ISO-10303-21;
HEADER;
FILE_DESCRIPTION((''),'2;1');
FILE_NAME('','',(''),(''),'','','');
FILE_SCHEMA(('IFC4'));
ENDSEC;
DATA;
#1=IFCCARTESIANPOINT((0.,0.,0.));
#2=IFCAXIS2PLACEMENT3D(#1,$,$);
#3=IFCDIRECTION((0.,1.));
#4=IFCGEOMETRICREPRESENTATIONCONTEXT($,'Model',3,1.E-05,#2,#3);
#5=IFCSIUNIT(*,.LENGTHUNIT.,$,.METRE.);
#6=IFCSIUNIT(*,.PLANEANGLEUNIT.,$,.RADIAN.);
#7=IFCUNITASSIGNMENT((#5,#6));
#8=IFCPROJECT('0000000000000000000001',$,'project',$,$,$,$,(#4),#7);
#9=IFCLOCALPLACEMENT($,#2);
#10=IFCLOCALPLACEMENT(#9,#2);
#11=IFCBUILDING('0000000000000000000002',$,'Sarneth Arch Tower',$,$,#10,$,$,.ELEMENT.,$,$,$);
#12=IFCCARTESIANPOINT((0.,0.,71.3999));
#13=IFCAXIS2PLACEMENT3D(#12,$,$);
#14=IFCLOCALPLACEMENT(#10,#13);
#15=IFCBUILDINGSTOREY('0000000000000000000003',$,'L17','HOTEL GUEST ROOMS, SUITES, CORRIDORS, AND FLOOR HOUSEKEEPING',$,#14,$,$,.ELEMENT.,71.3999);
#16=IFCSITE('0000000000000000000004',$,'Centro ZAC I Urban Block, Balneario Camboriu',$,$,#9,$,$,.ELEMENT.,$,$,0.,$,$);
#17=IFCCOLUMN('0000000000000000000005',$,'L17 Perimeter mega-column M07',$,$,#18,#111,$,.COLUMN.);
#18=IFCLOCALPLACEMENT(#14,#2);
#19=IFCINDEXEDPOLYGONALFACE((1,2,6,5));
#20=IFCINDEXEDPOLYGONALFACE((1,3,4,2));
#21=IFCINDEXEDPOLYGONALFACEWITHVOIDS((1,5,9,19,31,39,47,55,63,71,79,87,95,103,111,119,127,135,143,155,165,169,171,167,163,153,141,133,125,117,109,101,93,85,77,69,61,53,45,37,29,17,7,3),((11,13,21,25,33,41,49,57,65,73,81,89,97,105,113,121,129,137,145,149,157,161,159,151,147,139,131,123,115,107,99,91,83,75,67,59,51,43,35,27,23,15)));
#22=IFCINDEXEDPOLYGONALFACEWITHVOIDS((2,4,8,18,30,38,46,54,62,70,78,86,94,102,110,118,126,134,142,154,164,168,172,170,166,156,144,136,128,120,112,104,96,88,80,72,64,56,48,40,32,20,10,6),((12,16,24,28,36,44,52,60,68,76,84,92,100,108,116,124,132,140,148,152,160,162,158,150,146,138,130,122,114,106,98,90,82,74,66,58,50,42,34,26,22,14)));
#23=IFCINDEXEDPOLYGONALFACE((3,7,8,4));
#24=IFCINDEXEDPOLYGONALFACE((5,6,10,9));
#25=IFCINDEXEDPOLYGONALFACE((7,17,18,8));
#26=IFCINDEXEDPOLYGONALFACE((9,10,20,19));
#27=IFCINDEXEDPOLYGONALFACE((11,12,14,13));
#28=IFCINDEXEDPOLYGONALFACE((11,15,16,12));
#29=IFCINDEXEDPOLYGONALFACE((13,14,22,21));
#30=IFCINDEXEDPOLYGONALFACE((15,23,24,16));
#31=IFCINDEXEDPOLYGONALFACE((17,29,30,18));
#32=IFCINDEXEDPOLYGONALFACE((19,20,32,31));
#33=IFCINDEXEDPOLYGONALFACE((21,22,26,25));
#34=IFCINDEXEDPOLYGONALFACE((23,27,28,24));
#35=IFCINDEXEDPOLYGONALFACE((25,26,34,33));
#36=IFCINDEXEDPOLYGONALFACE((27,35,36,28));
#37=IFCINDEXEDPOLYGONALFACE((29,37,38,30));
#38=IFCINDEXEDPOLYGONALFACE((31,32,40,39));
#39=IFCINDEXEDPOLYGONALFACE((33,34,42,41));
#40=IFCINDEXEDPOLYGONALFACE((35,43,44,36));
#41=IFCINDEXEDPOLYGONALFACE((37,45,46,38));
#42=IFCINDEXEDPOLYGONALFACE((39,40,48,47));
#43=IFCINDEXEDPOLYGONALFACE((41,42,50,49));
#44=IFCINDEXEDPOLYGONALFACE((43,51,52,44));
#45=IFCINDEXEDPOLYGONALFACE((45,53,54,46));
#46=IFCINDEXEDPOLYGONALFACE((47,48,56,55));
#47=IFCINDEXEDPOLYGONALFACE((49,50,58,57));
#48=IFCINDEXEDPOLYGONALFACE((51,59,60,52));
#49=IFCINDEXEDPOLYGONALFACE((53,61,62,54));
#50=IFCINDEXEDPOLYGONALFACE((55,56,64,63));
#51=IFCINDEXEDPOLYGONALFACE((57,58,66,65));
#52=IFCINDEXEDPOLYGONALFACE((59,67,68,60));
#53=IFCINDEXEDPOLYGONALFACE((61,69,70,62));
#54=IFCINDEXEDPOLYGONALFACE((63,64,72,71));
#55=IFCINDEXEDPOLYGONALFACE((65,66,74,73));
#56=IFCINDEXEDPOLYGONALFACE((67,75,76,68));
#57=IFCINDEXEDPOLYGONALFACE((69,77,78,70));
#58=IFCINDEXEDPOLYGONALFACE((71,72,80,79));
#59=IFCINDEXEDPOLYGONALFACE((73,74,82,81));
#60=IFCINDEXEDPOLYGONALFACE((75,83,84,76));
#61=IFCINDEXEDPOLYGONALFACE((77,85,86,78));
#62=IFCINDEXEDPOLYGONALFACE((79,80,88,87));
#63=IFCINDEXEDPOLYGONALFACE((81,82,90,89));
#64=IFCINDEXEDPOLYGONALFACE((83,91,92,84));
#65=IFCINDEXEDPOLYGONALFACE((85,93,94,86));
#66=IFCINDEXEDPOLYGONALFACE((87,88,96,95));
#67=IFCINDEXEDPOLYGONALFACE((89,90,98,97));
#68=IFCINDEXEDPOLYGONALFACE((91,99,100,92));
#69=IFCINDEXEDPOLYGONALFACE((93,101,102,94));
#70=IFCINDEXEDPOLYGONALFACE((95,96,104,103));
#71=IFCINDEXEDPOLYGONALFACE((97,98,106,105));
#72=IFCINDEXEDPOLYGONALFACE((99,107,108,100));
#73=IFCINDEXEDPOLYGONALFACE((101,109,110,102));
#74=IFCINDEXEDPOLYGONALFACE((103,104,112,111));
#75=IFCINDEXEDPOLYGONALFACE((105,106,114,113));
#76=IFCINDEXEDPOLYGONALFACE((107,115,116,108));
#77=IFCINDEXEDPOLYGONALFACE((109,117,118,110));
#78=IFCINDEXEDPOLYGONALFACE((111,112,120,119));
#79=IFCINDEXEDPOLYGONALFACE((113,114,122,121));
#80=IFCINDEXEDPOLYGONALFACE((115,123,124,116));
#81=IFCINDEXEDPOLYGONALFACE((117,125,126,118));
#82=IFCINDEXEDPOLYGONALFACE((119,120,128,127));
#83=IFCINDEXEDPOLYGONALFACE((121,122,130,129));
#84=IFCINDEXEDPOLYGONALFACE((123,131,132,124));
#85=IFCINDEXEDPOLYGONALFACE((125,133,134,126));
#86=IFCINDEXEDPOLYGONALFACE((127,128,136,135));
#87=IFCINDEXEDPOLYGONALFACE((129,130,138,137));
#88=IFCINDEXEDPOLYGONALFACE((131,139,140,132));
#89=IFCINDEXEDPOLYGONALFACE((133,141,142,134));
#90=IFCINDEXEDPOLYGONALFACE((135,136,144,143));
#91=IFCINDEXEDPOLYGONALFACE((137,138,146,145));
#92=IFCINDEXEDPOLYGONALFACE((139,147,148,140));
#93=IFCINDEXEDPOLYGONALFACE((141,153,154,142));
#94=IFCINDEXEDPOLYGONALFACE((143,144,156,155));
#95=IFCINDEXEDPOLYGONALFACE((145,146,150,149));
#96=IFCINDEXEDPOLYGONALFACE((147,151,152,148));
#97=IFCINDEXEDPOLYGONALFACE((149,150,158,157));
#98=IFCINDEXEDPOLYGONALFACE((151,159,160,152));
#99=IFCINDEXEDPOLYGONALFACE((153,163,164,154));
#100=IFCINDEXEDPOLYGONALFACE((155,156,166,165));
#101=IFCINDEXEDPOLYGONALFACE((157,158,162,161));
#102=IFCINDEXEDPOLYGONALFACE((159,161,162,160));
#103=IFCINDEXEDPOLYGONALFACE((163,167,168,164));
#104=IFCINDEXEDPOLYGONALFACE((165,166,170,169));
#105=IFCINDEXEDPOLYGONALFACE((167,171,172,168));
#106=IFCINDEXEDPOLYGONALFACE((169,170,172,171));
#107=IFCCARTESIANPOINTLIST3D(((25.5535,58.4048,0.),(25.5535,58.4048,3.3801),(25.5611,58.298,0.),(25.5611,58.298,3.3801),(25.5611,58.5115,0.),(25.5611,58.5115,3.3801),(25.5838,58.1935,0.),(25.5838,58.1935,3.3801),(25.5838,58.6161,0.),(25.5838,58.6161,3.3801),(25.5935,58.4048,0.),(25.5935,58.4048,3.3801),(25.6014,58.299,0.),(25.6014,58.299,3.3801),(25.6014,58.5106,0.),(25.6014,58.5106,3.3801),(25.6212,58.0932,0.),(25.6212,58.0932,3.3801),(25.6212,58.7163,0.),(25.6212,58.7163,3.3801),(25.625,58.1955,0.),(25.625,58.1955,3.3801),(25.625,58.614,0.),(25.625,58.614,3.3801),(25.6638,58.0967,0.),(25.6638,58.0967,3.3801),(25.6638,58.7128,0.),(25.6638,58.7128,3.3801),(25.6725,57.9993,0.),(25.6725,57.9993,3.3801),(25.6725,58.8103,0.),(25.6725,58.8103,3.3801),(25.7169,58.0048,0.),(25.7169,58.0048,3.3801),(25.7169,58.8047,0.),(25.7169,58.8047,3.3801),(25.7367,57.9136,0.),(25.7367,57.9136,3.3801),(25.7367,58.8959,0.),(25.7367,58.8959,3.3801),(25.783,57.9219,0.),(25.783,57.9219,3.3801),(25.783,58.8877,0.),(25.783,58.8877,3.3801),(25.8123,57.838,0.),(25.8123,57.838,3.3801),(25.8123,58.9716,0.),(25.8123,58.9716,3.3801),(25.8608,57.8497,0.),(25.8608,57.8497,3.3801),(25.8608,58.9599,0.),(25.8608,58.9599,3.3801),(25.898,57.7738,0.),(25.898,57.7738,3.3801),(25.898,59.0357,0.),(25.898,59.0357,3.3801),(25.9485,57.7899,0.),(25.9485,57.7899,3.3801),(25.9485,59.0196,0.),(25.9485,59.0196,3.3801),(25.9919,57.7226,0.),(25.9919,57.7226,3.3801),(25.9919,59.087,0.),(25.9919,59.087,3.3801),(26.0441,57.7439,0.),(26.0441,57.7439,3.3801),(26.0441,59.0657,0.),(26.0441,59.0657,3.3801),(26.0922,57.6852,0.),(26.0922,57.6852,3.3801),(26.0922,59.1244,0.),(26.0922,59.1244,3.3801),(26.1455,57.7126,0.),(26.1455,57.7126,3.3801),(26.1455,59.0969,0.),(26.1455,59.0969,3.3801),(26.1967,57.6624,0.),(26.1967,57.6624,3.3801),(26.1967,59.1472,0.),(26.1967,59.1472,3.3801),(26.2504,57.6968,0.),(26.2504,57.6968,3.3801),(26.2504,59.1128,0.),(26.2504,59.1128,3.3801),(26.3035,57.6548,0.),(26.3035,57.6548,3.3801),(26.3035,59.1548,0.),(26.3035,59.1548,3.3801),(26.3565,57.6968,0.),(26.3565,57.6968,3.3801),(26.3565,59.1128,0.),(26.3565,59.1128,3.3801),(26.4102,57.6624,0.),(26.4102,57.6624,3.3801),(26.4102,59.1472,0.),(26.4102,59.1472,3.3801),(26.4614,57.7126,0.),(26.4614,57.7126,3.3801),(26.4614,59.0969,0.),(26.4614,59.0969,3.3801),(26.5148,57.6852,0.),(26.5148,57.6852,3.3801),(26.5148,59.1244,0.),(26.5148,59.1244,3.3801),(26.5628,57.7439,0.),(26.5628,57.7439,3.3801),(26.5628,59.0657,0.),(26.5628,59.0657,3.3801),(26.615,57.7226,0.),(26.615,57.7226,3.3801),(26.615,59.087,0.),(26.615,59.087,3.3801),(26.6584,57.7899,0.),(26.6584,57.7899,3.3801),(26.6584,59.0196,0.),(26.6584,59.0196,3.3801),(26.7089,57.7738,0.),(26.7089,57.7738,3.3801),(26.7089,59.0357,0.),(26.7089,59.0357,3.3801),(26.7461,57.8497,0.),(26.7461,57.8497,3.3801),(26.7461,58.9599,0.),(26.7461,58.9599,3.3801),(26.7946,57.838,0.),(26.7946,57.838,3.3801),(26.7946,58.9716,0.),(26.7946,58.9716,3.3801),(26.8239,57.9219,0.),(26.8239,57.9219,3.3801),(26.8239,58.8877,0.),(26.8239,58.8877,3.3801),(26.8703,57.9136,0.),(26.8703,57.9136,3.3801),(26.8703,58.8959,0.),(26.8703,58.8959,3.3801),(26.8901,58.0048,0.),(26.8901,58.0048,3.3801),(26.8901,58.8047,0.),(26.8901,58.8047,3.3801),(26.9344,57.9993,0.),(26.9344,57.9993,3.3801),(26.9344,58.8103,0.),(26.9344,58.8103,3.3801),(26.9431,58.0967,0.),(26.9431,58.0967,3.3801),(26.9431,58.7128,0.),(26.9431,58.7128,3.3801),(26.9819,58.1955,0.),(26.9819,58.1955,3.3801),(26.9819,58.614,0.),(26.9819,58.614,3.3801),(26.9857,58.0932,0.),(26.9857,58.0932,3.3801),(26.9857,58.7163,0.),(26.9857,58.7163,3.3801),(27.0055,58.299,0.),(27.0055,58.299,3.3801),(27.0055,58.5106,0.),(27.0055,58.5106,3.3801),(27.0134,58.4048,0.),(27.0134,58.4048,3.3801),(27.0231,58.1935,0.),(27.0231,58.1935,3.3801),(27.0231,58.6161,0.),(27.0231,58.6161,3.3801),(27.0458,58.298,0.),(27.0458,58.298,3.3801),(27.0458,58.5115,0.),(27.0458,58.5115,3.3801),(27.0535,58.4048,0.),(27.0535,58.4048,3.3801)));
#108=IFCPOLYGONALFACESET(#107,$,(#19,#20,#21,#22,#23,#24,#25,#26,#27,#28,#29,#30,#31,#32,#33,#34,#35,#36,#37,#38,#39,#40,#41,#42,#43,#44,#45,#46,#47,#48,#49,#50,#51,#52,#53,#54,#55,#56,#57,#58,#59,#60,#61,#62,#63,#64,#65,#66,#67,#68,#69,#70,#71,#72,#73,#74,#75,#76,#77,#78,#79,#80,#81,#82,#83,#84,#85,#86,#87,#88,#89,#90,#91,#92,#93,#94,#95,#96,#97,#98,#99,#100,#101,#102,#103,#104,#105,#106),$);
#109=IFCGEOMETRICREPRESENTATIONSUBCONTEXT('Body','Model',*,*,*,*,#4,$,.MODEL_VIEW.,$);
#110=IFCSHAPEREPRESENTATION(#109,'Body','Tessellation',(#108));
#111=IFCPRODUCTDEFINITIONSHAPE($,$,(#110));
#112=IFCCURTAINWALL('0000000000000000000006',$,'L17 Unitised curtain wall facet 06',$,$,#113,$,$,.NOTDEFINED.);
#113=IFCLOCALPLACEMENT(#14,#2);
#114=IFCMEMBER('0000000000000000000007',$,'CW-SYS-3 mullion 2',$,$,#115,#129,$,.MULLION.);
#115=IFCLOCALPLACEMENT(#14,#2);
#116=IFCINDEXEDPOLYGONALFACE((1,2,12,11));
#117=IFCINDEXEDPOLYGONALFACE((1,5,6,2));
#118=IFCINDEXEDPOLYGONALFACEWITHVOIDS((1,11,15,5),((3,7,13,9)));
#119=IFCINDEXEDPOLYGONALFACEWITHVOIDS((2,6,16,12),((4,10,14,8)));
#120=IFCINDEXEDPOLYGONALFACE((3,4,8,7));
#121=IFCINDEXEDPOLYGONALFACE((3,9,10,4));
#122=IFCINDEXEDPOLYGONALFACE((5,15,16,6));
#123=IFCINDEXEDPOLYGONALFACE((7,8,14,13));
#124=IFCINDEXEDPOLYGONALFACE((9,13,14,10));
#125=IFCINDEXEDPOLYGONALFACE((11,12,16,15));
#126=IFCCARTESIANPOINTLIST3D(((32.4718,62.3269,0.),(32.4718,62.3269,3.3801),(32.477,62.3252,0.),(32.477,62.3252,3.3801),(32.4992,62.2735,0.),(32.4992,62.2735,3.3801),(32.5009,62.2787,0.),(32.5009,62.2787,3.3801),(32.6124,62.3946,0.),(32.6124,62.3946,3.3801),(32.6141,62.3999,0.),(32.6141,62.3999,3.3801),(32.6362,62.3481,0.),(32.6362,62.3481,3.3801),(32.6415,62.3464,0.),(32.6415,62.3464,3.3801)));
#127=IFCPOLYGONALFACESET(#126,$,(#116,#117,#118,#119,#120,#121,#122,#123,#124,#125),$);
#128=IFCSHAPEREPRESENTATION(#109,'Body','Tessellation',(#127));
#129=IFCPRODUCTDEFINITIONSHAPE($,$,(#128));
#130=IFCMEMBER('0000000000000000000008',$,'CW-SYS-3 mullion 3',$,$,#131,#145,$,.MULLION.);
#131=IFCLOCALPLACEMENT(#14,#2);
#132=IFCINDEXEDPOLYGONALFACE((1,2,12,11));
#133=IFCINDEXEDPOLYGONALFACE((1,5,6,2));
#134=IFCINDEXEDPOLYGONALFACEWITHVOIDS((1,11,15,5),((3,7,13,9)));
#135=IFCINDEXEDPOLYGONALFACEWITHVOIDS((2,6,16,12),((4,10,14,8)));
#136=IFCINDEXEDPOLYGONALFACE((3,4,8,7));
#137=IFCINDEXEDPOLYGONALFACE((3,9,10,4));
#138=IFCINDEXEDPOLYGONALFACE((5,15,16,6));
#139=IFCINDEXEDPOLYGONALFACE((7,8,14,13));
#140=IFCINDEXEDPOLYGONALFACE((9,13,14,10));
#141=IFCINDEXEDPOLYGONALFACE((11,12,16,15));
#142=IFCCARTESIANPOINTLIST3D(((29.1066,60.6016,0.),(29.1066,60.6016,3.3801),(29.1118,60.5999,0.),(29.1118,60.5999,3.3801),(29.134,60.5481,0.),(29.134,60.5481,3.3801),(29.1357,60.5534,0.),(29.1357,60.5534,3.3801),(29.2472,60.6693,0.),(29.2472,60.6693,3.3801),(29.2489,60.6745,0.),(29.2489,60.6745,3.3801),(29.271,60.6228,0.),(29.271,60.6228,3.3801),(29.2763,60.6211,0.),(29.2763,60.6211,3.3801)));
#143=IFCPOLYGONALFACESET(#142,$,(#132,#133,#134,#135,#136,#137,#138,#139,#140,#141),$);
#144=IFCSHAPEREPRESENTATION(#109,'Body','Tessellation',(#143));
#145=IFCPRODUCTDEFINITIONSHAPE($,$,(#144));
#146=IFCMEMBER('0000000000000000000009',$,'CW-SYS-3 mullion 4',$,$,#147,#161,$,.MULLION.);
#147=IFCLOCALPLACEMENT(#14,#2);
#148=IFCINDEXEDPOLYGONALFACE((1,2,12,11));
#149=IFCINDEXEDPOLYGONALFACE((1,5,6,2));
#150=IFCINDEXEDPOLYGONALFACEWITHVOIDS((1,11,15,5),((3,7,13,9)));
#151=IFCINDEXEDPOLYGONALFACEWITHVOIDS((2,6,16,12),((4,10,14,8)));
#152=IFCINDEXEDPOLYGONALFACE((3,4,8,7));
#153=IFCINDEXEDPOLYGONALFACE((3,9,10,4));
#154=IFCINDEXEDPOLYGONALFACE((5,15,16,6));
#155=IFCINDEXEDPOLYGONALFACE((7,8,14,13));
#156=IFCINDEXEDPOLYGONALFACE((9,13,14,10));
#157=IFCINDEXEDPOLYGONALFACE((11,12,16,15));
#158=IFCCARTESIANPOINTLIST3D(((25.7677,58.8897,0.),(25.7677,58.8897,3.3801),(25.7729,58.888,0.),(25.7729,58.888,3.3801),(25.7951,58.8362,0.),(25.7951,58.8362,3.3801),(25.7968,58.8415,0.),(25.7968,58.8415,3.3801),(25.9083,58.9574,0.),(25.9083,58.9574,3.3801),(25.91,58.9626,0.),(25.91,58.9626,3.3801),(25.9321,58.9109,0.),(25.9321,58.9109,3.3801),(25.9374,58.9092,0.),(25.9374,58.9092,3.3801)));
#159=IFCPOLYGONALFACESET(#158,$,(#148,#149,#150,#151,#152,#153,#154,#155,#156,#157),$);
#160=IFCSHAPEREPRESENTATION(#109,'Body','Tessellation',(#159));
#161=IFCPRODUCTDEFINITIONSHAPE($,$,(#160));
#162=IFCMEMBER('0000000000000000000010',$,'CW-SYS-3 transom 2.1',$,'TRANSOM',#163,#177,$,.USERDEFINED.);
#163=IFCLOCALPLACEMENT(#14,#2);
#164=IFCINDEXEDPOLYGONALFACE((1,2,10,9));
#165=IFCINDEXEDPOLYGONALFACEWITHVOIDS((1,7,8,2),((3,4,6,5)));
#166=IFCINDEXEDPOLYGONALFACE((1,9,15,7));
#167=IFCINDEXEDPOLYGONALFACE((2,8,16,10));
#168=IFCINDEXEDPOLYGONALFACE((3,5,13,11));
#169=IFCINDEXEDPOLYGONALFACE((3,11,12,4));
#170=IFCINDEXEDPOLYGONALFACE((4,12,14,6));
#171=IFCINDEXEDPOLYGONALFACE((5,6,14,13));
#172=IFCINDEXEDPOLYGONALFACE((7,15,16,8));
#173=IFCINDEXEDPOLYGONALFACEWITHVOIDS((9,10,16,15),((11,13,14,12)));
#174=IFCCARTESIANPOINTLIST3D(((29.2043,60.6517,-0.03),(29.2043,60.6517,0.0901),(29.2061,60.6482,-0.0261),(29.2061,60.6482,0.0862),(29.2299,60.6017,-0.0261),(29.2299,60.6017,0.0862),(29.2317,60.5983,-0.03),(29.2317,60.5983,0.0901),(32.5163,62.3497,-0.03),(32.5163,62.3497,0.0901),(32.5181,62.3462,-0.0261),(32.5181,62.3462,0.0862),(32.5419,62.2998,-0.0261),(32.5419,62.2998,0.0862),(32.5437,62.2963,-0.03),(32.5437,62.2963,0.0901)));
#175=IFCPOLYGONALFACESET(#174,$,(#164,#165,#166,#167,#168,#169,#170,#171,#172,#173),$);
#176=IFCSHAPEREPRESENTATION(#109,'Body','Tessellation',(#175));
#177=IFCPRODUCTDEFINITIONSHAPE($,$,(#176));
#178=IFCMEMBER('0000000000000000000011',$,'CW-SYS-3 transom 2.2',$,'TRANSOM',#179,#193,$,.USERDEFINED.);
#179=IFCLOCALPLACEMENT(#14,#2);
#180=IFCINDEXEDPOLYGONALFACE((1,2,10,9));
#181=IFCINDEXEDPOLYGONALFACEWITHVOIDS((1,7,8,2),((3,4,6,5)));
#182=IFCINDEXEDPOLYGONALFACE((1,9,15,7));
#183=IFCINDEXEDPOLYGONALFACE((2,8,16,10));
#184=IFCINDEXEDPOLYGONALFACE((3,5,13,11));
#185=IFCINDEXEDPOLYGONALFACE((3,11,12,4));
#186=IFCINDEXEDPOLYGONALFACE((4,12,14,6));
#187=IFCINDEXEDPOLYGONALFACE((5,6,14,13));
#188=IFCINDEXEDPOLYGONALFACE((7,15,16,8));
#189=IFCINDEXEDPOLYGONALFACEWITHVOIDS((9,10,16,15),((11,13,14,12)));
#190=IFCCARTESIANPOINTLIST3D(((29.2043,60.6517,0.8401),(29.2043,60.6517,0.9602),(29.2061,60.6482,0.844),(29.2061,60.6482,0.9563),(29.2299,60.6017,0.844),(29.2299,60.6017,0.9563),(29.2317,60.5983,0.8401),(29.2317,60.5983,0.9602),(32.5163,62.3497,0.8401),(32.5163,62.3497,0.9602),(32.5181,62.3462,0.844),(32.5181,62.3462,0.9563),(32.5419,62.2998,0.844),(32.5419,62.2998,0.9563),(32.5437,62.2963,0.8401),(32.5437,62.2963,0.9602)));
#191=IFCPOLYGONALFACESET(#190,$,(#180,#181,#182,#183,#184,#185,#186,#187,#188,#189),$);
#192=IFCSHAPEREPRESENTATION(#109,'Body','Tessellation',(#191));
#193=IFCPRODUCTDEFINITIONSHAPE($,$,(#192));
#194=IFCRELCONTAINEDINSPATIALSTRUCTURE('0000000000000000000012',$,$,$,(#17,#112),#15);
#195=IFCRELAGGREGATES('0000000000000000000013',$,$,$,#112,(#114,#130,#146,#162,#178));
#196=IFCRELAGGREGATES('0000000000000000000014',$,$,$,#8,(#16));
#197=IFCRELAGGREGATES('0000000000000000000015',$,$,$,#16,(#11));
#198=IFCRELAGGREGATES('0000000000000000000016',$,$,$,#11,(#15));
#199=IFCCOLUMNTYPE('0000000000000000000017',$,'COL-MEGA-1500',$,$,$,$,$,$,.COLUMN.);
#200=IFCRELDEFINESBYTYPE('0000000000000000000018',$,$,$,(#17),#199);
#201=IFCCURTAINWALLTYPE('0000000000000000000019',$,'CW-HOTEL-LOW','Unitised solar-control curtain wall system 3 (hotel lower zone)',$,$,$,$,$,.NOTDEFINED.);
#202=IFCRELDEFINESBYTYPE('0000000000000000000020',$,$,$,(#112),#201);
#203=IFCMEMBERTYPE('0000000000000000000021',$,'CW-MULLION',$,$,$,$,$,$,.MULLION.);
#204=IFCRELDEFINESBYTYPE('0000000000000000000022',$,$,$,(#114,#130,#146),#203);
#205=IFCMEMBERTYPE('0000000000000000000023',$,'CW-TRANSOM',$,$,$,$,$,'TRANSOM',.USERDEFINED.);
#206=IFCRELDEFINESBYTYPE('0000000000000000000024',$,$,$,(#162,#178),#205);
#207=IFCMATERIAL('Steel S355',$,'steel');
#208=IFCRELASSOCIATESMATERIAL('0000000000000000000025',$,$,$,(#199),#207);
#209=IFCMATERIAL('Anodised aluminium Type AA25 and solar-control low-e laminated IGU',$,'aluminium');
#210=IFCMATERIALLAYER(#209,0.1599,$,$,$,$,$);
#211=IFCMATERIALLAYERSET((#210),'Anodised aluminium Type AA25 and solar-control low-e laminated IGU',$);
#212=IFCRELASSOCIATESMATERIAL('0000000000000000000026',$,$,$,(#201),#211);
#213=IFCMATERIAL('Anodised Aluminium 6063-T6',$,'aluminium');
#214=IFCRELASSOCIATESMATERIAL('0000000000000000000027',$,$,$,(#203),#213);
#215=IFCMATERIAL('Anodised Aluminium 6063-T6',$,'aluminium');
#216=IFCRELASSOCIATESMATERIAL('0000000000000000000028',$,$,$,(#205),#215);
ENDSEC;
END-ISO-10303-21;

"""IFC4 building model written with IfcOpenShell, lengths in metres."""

from ifc_helpers import new_model, si_unit, direction, frame, origin, origin_2d, place, context, subcontext, project, spatial, hollow_rectangle, hollow_circle, extrude, material, layer, layer_set, material_profile, profile_set, type_object, element, aggregate, save


model = new_model("IFC4")

# Units and contexts
model_context = context("Model", 3, precision=1e-05, world=origin(), true_north=direction((0.0, 1.0)))
body_context = subcontext(model_context, "Body", "Model", "MODEL_VIEW")
ifc_project = project(units=[si_unit("LENGTHUNIT", "METRE"), si_unit("PLANEANGLEUNIT", "RADIAN")], contexts=[model_context])

# Site, building, storey
site_placement = place(None, origin())
site = spatial("IfcSite", under=ifc_project, at=site_placement, Name="Centro ZAC I Urban Block, Balneario Camboriu", CompositionType="ELEMENT", RefElevation=0.0)
building_placement = place(site_placement, origin())
building = spatial("IfcBuilding", under=site, at=building_placement, Name="Sarneth Arch Tower", CompositionType="ELEMENT")
storey_placement = place(building_placement, frame((0.0, 0.0, 71.3999)))
storey = spatial("IfcBuildingStorey", under=building, at=storey_placement, Name="L17", Description="HOTEL GUEST ROOMS, SUITES, CORRIDORS, AND FLOOR HOUSEKEEPING", CompositionType="ELEMENT", Elevation=71.3999)

# Column
ifc_material_1 = material(Name="Steel S355", Category="steel")
ifc_material_profile_1 = material_profile(ifc_material_1, hollow_circle(Radius=0.75, WallThickness=0.04, at=origin_2d()), Name="CHS1500x40")
ifc_profile_set_1 = profile_set([ifc_material_profile_1], Name="Steel S355")
column_type = type_object("IfcColumnType", Name="COL-MEGA-1500", PredefinedType="COLUMN", material=ifc_profile_set_1)
column_placement = place(storey_placement, frame((26.3035, 58.4048, 0.0), z_axis=(0.0, 0.0, 1.0), x_axis=(1.0, 0.0, 0.0)))
element("IfcColumn", 1, at=column_placement, inside=storey, type_object=column_type, Name="L17 Perimeter mega-column M07", PredefinedType="COLUMN", context=body_context, shape_type="SweptSolid", body=[
    extrude(hollow_circle(Radius=0.75, WallThickness=0.04, at=origin_2d()), origin(), (0.0, 0.0, 1.0), 3.3801),
])

# Curtain wall, members
ifc_material_2 = material(Name="Anodised aluminium Type AA25 and solar-control low-e laminated IGU", Category="aluminium")
ifc_layer_1 = layer(ifc_material_2, 0.1599)
ifc_layer_set_1 = layer_set([ifc_layer_1], Name="Anodised aluminium Type AA25 and solar-control low-e laminated IGU")
curtain_wall_type = type_object("IfcCurtainWallType", Name="CW-HOTEL-LOW", Description="Unitised solar-control curtain wall system 3 (hotel lower zone)", PredefinedType="NOTDEFINED", material=ifc_layer_set_1)
curtain_wall_placement = place(storey_placement, origin())
curtain_wall = element("IfcCurtainWall", 2, at=curtain_wall_placement, inside=storey, type_object=curtain_wall_type, Name="L17 Unitised curtain wall facet 06", PredefinedType="NOTDEFINED")
ifc_material_3 = material(Name="Anodised Aluminium 6063-T6", Category="aluminium")
ifc_material_profile_2 = material_profile(ifc_material_3, hollow_rectangle(XDim=0.0601, YDim=0.1599, WallThickness=0.0039, at=origin_2d()), Name="AL-MULL-160x60x4")
ifc_profile_set_2 = profile_set([ifc_material_profile_2], Name="Anodised Aluminium 6063-T6")
member_type_1 = type_object("IfcMemberType", Name="CW-MULLION", PredefinedType="MULLION", material=ifc_profile_set_2)
member_1_placement = place(storey_placement, frame((32.5566, 62.3367, 0.0), z_axis=(0.0, 0.0, 1.0), x_axis=(0.456245, -0.889854, 0.0)))
member_1 = element("IfcMember", 3, at=member_1_placement, type_object=member_type_1, Name="CW-SYS-3 mullion 2", PredefinedType="MULLION", context=body_context, shape_type="SweptSolid", body=[
    extrude(hollow_rectangle(XDim=0.0601, YDim=0.1599, WallThickness=0.0039, at=origin_2d()), origin(), (0.0, 0.0, 1.0), 3.3801),
])
member_2_placement = place(storey_placement, frame((29.1914, 60.6113, 0.0), z_axis=(0.0, 0.0, 1.0), x_axis=(0.456245, -0.889854, 0.0)))
member_2 = element("IfcMember", 4, at=member_2_placement, type_object=member_type_1, Name="CW-SYS-3 mullion 3", PredefinedType="MULLION", context=body_context, shape_type="SweptSolid", body=[
    extrude(hollow_rectangle(XDim=0.0601, YDim=0.1599, WallThickness=0.0039, at=origin_2d()), origin(), (0.0, 0.0, 1.0), 3.3801),
])
member_3_placement = place(storey_placement, frame((25.8525, 58.8994, 0.0), z_axis=(0.0, 0.0, 1.0), x_axis=(0.456245, -0.889854, 0.0)))
member_3 = element("IfcMember", 5, at=member_3_placement, type_object=member_type_1, Name="CW-SYS-3 mullion 4", PredefinedType="MULLION", context=body_context, shape_type="SweptSolid", body=[
    extrude(hollow_rectangle(XDim=0.0601, YDim=0.1599, WallThickness=0.0039, at=origin_2d()), origin(), (0.0, 0.0, 1.0), 3.3801),
])
ifc_material_4 = material(Name="Anodised Aluminium 6063-T6", Category="aluminium")
ifc_material_profile_3 = material_profile(ifc_material_4, hollow_rectangle(XDim=0.0601, YDim=0.1201, WallThickness=0.0039, at=origin_2d()), Name="AL-TRAN-120x60x4")
ifc_profile_set_3 = profile_set([ifc_material_profile_3], Name="Anodised Aluminium 6063-T6")
member_type_2 = type_object("IfcMemberType", Name="CW-TRANSOM", ElementType="TRANSOM", PredefinedType="USERDEFINED", material=ifc_profile_set_3)
member_4_placement = place(storey_placement, frame((32.53, 62.323, 0.03), z_axis=(-0.889869, -0.456217, 0.0), x_axis=(0.456217, -0.889869, 0.0)))
member_4 = element("IfcMember", 6, at=member_4_placement, type_object=member_type_2, Name="CW-SYS-3 transom 2.1", ObjectType="TRANSOM", PredefinedType="USERDEFINED", context=body_context, shape_type="SweptSolid", body=[
    extrude(hollow_rectangle(XDim=0.0601, YDim=0.1201, WallThickness=0.0039, at=origin_2d()), origin(), (0.0, 0.0, 1.0), 3.7219),
])
member_5_placement = place(storey_placement, frame((32.53, 62.323, 0.9001), z_axis=(-0.889869, -0.456217, 0.0), x_axis=(0.456217, -0.889869, 0.0)))
member_5 = element("IfcMember", 7, at=member_5_placement, type_object=member_type_2, Name="CW-SYS-3 transom 2.2", ObjectType="TRANSOM", PredefinedType="USERDEFINED", context=body_context, shape_type="SweptSolid", body=[
    extrude(hollow_rectangle(XDim=0.0601, YDim=0.1201, WallThickness=0.0039, at=origin_2d()), origin(), (0.0, 0.0, 1.0), 3.7219),
])

aggregate(curtain_wall, [member_1, member_2, member_3, member_4, member_5])

save(model, "model.ifc")
